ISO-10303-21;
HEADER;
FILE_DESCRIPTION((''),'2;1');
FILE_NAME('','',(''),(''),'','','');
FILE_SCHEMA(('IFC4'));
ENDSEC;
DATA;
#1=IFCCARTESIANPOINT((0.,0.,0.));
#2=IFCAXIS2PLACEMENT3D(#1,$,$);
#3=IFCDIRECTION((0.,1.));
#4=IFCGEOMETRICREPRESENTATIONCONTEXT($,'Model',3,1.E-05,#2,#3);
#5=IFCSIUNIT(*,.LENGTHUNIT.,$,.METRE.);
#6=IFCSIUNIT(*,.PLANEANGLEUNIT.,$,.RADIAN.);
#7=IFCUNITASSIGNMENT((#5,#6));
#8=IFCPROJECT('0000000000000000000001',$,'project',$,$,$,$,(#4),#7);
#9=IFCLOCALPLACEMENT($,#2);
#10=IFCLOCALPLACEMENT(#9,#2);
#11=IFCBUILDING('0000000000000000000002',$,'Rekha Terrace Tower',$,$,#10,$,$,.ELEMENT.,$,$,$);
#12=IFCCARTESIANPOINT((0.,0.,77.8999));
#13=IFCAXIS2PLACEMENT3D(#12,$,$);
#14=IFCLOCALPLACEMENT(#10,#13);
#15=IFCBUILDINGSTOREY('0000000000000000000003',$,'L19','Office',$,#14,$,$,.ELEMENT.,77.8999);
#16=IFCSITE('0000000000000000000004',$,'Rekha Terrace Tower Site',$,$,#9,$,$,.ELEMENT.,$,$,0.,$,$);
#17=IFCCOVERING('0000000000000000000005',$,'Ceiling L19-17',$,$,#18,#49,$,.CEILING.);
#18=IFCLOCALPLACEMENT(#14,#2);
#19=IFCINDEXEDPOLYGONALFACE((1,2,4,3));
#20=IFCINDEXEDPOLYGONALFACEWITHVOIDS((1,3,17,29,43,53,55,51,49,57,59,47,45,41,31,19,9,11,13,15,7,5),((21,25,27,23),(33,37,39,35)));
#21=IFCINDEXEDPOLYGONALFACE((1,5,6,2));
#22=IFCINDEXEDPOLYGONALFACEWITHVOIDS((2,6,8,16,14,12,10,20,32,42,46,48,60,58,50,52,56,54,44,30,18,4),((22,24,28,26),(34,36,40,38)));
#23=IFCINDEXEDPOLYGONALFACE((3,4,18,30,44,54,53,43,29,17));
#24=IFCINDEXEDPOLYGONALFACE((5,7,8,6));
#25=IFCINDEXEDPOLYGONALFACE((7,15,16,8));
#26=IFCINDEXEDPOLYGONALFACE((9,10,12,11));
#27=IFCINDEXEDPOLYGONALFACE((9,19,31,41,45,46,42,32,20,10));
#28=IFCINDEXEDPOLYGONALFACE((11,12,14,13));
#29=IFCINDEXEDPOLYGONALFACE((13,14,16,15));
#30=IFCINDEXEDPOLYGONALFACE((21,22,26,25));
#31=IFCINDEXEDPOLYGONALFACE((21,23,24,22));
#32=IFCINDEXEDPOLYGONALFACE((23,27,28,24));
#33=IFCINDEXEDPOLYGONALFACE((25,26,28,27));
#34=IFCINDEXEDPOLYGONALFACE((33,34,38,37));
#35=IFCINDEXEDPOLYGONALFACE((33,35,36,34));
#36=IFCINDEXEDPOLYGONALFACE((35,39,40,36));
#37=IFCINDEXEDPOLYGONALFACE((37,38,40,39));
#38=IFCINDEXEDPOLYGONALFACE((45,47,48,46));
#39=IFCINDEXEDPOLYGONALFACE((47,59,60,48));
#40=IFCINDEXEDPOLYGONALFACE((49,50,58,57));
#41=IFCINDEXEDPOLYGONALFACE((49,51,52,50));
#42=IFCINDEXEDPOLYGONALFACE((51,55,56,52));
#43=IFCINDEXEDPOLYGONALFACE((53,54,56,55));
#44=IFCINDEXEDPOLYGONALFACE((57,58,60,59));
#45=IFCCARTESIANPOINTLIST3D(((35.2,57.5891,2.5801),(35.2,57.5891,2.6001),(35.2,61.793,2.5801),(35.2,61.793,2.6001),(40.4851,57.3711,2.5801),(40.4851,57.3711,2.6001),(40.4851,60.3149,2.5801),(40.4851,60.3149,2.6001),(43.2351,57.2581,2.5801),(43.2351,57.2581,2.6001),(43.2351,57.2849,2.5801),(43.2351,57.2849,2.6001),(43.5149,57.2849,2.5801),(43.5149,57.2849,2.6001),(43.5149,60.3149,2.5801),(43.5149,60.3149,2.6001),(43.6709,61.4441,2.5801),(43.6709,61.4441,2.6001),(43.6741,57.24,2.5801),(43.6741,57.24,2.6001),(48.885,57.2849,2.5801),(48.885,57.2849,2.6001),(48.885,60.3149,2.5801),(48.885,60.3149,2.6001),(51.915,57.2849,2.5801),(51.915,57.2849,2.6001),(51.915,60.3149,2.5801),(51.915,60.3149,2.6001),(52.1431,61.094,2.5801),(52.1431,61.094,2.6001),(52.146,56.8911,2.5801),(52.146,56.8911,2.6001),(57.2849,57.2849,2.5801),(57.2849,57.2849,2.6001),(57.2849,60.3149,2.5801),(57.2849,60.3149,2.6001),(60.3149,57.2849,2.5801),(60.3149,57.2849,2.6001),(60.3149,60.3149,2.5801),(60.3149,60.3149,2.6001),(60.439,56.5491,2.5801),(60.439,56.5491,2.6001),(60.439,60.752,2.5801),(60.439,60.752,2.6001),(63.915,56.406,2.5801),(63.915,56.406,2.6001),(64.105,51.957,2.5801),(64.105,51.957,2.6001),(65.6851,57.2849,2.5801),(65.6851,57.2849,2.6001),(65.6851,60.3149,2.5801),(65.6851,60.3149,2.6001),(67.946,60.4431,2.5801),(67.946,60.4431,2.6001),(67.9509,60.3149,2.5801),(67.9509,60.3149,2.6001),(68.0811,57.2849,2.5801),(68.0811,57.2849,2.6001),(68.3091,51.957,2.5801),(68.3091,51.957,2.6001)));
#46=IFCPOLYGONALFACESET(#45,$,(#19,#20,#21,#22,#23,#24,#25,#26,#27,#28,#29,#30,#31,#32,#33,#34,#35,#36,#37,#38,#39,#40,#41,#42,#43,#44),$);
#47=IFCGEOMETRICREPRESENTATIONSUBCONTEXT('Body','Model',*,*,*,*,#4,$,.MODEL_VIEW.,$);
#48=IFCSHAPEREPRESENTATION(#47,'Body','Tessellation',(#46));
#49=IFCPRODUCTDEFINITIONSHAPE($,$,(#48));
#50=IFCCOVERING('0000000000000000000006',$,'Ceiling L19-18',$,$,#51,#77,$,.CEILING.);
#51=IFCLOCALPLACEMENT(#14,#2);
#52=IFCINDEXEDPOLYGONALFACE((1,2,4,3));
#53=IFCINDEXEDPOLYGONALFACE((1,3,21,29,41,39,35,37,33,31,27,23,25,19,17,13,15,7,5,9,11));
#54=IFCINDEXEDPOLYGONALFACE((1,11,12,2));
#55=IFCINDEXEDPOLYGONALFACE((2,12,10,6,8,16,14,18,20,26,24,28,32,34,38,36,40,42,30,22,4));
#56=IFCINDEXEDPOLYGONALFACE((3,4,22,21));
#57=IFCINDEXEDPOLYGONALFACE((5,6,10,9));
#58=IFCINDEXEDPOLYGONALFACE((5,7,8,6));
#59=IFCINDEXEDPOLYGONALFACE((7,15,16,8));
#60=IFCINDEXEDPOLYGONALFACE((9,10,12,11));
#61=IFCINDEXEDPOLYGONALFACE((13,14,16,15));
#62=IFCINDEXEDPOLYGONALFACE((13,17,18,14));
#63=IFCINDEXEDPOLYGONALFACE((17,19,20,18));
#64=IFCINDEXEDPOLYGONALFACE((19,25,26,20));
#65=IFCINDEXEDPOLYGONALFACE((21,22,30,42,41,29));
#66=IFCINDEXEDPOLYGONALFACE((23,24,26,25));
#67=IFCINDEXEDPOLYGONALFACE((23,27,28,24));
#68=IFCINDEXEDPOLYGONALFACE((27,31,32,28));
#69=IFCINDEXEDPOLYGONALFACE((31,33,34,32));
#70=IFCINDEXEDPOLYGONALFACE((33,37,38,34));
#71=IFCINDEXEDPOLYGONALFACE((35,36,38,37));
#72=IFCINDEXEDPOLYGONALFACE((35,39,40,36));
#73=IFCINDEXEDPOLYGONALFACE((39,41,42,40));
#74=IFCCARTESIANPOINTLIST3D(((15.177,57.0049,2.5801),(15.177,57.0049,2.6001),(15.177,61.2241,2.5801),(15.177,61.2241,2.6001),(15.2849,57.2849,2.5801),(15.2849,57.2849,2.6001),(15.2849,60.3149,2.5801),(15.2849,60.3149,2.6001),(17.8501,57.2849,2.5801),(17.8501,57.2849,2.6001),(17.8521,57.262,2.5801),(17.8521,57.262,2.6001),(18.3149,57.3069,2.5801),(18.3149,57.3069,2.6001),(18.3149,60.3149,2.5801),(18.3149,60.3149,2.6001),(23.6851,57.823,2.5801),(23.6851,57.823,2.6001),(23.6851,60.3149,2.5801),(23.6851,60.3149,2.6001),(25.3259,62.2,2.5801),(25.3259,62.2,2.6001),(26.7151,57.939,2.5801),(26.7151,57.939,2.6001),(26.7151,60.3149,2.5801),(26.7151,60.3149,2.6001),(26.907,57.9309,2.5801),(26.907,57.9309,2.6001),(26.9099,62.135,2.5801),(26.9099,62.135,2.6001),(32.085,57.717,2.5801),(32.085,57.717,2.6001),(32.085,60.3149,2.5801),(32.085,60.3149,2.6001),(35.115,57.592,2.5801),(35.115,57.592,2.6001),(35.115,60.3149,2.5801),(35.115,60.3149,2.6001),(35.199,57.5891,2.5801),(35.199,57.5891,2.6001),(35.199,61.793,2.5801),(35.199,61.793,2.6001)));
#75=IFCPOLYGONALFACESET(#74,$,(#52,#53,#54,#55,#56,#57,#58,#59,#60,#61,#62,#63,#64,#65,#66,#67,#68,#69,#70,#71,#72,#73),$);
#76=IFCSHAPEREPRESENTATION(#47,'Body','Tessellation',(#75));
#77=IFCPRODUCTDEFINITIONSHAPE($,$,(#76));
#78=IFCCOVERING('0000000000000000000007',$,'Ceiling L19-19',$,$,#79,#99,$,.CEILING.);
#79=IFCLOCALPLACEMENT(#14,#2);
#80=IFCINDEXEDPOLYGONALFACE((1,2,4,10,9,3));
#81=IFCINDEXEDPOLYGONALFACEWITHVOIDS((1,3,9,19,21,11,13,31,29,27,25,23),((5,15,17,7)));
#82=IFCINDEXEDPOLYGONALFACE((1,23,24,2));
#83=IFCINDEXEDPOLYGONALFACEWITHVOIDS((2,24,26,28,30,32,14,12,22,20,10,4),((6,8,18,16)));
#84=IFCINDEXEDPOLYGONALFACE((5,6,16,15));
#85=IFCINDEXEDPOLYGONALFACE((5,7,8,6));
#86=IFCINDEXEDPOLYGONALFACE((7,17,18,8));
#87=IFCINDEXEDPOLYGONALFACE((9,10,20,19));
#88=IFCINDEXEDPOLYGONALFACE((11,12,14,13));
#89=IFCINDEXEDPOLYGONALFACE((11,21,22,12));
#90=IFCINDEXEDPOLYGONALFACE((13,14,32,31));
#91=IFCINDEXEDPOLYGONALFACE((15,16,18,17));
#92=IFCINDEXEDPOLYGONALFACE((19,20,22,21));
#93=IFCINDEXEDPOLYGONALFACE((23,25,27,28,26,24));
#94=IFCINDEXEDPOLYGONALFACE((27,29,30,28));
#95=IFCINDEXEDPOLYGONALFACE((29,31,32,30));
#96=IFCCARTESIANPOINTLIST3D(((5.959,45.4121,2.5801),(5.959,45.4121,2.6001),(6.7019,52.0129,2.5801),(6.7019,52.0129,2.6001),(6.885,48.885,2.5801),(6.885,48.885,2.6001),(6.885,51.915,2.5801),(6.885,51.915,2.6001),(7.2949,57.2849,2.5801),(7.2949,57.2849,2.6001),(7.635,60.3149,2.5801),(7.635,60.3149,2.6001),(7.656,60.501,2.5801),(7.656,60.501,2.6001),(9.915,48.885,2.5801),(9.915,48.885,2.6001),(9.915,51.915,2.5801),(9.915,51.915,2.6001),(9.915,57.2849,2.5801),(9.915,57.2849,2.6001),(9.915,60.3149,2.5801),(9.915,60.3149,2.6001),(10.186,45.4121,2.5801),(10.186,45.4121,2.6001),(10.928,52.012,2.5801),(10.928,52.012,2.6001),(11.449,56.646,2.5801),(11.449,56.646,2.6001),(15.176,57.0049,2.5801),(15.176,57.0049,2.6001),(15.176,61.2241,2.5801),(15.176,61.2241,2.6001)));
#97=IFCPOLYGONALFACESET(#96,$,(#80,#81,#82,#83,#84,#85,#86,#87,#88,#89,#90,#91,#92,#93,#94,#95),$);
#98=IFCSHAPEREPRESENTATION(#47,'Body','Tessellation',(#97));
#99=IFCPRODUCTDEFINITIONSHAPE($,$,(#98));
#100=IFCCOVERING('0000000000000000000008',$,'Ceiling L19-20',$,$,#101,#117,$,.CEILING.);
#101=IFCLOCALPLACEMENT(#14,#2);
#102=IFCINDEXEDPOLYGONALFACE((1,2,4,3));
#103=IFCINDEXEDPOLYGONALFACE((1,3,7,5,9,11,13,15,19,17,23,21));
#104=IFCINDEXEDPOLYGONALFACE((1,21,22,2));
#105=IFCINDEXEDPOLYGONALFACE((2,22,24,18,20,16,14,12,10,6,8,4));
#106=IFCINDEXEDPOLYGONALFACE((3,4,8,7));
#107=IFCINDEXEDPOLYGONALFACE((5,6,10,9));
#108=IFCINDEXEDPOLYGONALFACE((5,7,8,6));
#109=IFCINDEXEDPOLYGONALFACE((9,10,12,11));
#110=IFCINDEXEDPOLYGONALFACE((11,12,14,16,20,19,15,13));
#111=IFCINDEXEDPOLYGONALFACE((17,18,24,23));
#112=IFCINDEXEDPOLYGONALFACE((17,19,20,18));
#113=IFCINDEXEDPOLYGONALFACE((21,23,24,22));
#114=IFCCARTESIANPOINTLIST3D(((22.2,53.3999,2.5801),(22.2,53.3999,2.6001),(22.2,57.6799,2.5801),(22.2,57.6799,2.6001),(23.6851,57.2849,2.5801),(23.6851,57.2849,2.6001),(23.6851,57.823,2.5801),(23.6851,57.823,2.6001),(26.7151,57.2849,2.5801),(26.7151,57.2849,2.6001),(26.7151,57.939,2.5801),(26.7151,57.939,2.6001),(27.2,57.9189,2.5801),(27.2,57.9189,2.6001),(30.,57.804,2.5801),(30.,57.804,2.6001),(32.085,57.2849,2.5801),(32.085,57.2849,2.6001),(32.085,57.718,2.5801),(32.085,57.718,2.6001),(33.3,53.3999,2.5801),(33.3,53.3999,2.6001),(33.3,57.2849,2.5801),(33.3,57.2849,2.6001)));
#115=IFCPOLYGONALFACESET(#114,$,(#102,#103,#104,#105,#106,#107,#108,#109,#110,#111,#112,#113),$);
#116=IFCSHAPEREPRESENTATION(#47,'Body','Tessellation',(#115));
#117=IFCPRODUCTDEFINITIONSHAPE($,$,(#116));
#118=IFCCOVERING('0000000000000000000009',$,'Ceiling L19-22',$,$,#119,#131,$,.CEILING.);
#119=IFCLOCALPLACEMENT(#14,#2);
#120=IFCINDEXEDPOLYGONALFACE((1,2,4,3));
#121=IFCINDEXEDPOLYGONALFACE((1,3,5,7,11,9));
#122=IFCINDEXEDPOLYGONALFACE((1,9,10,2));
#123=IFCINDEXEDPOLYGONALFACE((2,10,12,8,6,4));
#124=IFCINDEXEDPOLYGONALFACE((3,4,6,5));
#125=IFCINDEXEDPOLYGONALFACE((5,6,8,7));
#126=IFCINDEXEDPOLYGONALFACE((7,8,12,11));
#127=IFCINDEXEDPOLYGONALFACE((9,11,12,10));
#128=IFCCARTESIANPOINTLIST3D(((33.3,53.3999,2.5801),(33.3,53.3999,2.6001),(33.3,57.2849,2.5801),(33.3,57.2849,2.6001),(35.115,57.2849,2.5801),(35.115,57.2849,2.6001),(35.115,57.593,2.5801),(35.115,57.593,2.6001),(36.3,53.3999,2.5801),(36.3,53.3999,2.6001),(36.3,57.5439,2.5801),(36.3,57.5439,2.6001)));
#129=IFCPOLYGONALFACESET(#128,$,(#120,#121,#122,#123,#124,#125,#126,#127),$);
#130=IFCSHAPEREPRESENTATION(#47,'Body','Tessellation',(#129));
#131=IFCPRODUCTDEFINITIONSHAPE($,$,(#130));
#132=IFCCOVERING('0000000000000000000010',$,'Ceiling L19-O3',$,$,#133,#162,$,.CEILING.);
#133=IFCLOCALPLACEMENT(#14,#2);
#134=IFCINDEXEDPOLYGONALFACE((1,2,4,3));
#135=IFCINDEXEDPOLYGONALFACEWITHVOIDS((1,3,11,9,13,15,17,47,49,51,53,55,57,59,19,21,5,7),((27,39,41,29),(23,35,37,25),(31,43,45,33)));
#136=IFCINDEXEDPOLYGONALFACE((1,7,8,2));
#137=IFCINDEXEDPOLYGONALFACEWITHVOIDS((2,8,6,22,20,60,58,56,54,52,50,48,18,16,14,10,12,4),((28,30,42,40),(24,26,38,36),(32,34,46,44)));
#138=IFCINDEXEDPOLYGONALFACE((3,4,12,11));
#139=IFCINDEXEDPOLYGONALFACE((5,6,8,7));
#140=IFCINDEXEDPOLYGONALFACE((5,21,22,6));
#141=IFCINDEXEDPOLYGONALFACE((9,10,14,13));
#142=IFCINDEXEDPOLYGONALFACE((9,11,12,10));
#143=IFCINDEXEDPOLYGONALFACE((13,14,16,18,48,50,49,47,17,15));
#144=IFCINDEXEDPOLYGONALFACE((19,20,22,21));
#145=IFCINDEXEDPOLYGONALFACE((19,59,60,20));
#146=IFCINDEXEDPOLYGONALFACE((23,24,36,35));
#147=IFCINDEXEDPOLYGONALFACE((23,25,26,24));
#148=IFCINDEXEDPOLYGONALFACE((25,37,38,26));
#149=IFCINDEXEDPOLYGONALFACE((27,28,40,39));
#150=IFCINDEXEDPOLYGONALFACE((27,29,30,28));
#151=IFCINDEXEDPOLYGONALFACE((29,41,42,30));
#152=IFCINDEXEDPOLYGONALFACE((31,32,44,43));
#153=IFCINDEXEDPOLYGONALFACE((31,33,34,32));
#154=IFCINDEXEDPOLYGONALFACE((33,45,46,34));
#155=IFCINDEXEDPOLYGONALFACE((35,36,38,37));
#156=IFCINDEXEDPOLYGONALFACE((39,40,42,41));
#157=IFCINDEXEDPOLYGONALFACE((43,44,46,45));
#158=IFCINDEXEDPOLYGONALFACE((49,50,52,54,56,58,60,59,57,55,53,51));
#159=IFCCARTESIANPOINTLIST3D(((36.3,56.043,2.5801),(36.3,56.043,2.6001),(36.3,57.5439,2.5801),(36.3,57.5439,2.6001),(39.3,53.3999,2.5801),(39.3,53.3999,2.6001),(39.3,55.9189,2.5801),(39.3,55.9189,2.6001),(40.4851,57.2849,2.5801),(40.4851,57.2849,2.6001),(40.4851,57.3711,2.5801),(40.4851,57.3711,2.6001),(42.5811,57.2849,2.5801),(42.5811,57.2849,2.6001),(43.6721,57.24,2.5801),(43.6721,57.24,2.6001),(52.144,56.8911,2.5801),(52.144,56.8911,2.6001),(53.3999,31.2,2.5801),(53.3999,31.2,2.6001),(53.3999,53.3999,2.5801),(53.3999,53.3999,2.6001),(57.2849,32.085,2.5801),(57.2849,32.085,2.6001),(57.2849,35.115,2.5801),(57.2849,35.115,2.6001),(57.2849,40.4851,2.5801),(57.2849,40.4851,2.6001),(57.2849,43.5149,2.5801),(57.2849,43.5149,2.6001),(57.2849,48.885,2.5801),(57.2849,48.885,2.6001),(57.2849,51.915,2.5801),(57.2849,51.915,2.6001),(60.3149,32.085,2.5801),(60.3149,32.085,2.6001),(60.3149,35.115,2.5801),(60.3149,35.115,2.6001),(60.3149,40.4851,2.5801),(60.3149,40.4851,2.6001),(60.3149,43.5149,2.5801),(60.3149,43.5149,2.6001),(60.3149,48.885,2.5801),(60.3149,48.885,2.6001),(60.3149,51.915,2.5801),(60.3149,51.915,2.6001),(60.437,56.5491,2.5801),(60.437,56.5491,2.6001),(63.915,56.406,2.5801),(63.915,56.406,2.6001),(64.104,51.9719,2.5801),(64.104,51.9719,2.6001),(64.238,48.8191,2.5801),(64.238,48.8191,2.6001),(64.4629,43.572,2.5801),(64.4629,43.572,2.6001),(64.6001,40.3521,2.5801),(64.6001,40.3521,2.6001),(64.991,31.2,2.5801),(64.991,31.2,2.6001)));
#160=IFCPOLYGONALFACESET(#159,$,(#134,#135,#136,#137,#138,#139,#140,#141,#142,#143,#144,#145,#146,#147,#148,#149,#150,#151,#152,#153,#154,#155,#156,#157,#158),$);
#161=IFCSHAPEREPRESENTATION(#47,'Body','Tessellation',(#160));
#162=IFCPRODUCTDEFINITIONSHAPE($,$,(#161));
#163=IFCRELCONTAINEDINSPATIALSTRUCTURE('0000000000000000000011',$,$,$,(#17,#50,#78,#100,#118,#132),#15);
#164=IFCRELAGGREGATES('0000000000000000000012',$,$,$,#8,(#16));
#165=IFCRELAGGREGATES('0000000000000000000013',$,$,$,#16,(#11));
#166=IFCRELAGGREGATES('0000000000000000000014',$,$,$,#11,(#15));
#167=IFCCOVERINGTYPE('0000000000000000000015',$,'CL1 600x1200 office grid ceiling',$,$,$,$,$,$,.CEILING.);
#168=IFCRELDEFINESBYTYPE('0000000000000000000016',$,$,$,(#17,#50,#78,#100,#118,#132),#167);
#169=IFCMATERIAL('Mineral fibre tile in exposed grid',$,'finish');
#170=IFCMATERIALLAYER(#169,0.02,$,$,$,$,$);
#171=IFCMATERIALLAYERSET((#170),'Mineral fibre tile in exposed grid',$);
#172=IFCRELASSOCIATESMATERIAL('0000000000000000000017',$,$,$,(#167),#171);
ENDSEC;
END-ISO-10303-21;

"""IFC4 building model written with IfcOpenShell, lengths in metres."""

from ifc_helpers import new_model, si_unit, direction, frame, origin, place, context, subcontext, project, spatial, polyline, outline, extrude, material, layer, layer_set, type_object, element, save


model = new_model("IFC4")

# Units and contexts
model_context = context("Model", 3, precision=1e-05, world=origin(), true_north=direction((0.0, 1.0)))
body_context = subcontext(model_context, "Body", "Model", "MODEL_VIEW")
ifc_project = project(units=[si_unit("LENGTHUNIT", "METRE"), si_unit("PLANEANGLEUNIT", "RADIAN")], contexts=[model_context])

# Site, building, storey
site_placement = place(None, origin())
site = spatial("IfcSite", under=ifc_project, at=site_placement, Name="Rekha Terrace Tower Site", CompositionType="ELEMENT", RefElevation=0.0)
building_placement = place(site_placement, origin())
building = spatial("IfcBuilding", under=site, at=building_placement, Name="Rekha Terrace Tower", CompositionType="ELEMENT")
storey_placement = place(building_placement, frame((0.0, 0.0, 77.8999)))
storey = spatial("IfcBuildingStorey", under=building, at=storey_placement, Name="L19", Description="Office", CompositionType="ELEMENT", Elevation=77.8999)

# Coverings
ifc_material_1 = material(Name="Mineral fibre tile in exposed grid", Category="finish")
ifc_layer_1 = layer(ifc_material_1, 0.02)
ifc_layer_set_1 = layer_set([ifc_layer_1], Name="Mineral fibre tile in exposed grid")
covering_type_1 = type_object("IfcCoveringType", Name="CL1 600x1200 office grid ceiling", PredefinedType="CEILING", material=ifc_layer_set_1)
covering_1_placement = place(storey_placement, frame((0.0, 0.0, 2.5801)))
element("IfcCovering", 1, at=covering_1_placement, inside=storey, type_object=covering_type_1, Name="Ceiling L19-17", PredefinedType="CEILING", context=body_context, shape_type="SweptSolid", body=[
    extrude(outline(polyline([(52.1431, 61.094), (43.6709, 61.4441), (35.2, 61.793), (35.2, 57.5891), (40.4851, 57.3711), (40.4851, 60.3149), (43.5149, 60.3149), (43.5149, 57.2849), (43.2351, 57.2849), (43.2351, 57.2581), (43.6741, 57.24), (52.146, 56.8911), (60.439, 56.5491), (63.915, 56.406), (64.105, 51.957), (68.3091, 51.957), (68.0811, 57.2849), (65.6851, 57.2849), (65.6851, 60.3149), (67.9509, 60.3149), (67.946, 60.4431), (60.439, 60.752), (52.1431, 61.094)]), holes=[polyline([(60.3149, 57.2849), (57.2849, 57.2849), (57.2849, 60.3149), (60.3149, 60.3149), (60.3149, 57.2849)]), polyline([(51.915, 57.2849), (48.885, 57.2849), (48.885, 60.3149), (51.915, 60.3149), (51.915, 57.2849)])]), origin(), (0.0, 0.0, 1.0), 0.02),
])
covering_2_placement = place(storey_placement, frame((0.0, 0.0, 2.5801)))
element("IfcCovering", 2, at=covering_2_placement, inside=storey, type_object=covering_type_1, Name="Ceiling L19-18", PredefinedType="CEILING", context=body_context, shape_type="SweptSolid", body=[
    extrude(outline(polyline([(25.3259, 62.2), (15.177, 61.2241), (15.177, 57.0049), (17.8521, 57.262), (17.8501, 57.2849), (15.2849, 57.2849), (15.2849, 60.3149), (18.3149, 60.3149), (18.3149, 57.3069), (23.6851, 57.823), (23.6851, 60.3149), (26.7151, 60.3149), (26.7151, 57.939), (26.907, 57.9309), (32.085, 57.717), (32.085, 60.3149), (35.115, 60.3149), (35.115, 57.592), (35.199, 57.5891), (35.199, 61.793), (26.9099, 62.135), (25.3259, 62.2)])), origin(), (0.0, 0.0, 1.0), 0.02),
])
covering_3_placement = place(storey_placement, frame((0.0, 0.0, 2.5801)))
element("IfcCovering", 3, at=covering_3_placement, inside=storey, type_object=covering_type_1, Name="Ceiling L19-19", PredefinedType="CEILING", context=body_context, shape_type="SweptSolid", body=[
    extrude(outline(polyline([(9.915, 57.2849), (7.2949, 57.2849), (6.7019, 52.0129), (5.959, 45.4121), (10.186, 45.4121), (10.928, 52.012), (11.449, 56.646), (15.176, 57.0049), (15.176, 61.2241), (7.656, 60.501), (7.635, 60.3149), (9.915, 60.3149), (9.915, 57.2849)]), holes=[polyline([(9.915, 51.915), (9.915, 48.885), (6.885, 48.885), (6.885, 51.915), (9.915, 51.915)])]), origin(), (0.0, 0.0, 1.0), 0.02),
])
covering_4_placement = place(storey_placement, frame((0.0, 0.0, 2.5801)))
element("IfcCovering", 4, at=covering_4_placement, inside=storey, type_object=covering_type_1, Name="Ceiling L19-20", PredefinedType="CEILING", context=body_context, shape_type="SweptSolid", body=[
    extrude(outline(polyline([(22.2, 53.3999), (33.3, 53.3999), (33.3, 57.2849), (32.085, 57.2849), (32.085, 57.718), (30.0, 57.804), (27.2, 57.9189), (26.7151, 57.939), (26.7151, 57.2849), (23.6851, 57.2849), (23.6851, 57.823), (22.2, 57.6799), (22.2, 53.3999)])), origin(), (0.0, 0.0, 1.0), 0.02),
])
covering_5_placement = place(storey_placement, frame((0.0, 0.0, 2.5801)))
element("IfcCovering", 5, at=covering_5_placement, inside=storey, type_object=covering_type_1, Name="Ceiling L19-22", PredefinedType="CEILING", context=body_context, shape_type="SweptSolid", body=[
    extrude(outline(polyline([(33.3, 53.3999), (36.3, 53.3999), (36.3, 57.5439), (35.115, 57.593), (35.115, 57.2849), (33.3, 57.2849), (33.3, 53.3999)])), origin(), (0.0, 0.0, 1.0), 0.02),
])
covering_6_placement = place(storey_placement, frame((0.0, 0.0, 2.5801)))
element("IfcCovering", 6, at=covering_6_placement, inside=storey, type_object=covering_type_1, Name="Ceiling L19-O3", PredefinedType="CEILING", context=body_context, shape_type="SweptSolid", body=[
    extrude(outline(polyline([(52.144, 56.8911), (43.6721, 57.24), (42.5811, 57.2849), (40.4851, 57.2849), (40.4851, 57.3711), (36.3, 57.5439), (36.3, 56.043), (39.3, 55.9189), (39.3, 53.3999), (53.3999, 53.3999), (53.3999, 31.2), (64.991, 31.2), (64.6001, 40.3521), (64.4629, 43.572), (64.238, 48.8191), (64.104, 51.9719), (63.915, 56.406), (60.437, 56.5491), (52.144, 56.8911)]), holes=[polyline([(60.3149, 32.085), (57.2849, 32.085), (57.2849, 35.115), (60.3149, 35.115), (60.3149, 32.085)]), polyline([(60.3149, 40.4851), (57.2849, 40.4851), (57.2849, 43.5149), (60.3149, 43.5149), (60.3149, 40.4851)]), polyline([(60.3149, 48.885), (57.2849, 48.885), (57.2849, 51.915), (60.3149, 51.915), (60.3149, 48.885)])]), origin(), (0.0, 0.0, 1.0), 0.02),
])

save(model, "model.ifc")
